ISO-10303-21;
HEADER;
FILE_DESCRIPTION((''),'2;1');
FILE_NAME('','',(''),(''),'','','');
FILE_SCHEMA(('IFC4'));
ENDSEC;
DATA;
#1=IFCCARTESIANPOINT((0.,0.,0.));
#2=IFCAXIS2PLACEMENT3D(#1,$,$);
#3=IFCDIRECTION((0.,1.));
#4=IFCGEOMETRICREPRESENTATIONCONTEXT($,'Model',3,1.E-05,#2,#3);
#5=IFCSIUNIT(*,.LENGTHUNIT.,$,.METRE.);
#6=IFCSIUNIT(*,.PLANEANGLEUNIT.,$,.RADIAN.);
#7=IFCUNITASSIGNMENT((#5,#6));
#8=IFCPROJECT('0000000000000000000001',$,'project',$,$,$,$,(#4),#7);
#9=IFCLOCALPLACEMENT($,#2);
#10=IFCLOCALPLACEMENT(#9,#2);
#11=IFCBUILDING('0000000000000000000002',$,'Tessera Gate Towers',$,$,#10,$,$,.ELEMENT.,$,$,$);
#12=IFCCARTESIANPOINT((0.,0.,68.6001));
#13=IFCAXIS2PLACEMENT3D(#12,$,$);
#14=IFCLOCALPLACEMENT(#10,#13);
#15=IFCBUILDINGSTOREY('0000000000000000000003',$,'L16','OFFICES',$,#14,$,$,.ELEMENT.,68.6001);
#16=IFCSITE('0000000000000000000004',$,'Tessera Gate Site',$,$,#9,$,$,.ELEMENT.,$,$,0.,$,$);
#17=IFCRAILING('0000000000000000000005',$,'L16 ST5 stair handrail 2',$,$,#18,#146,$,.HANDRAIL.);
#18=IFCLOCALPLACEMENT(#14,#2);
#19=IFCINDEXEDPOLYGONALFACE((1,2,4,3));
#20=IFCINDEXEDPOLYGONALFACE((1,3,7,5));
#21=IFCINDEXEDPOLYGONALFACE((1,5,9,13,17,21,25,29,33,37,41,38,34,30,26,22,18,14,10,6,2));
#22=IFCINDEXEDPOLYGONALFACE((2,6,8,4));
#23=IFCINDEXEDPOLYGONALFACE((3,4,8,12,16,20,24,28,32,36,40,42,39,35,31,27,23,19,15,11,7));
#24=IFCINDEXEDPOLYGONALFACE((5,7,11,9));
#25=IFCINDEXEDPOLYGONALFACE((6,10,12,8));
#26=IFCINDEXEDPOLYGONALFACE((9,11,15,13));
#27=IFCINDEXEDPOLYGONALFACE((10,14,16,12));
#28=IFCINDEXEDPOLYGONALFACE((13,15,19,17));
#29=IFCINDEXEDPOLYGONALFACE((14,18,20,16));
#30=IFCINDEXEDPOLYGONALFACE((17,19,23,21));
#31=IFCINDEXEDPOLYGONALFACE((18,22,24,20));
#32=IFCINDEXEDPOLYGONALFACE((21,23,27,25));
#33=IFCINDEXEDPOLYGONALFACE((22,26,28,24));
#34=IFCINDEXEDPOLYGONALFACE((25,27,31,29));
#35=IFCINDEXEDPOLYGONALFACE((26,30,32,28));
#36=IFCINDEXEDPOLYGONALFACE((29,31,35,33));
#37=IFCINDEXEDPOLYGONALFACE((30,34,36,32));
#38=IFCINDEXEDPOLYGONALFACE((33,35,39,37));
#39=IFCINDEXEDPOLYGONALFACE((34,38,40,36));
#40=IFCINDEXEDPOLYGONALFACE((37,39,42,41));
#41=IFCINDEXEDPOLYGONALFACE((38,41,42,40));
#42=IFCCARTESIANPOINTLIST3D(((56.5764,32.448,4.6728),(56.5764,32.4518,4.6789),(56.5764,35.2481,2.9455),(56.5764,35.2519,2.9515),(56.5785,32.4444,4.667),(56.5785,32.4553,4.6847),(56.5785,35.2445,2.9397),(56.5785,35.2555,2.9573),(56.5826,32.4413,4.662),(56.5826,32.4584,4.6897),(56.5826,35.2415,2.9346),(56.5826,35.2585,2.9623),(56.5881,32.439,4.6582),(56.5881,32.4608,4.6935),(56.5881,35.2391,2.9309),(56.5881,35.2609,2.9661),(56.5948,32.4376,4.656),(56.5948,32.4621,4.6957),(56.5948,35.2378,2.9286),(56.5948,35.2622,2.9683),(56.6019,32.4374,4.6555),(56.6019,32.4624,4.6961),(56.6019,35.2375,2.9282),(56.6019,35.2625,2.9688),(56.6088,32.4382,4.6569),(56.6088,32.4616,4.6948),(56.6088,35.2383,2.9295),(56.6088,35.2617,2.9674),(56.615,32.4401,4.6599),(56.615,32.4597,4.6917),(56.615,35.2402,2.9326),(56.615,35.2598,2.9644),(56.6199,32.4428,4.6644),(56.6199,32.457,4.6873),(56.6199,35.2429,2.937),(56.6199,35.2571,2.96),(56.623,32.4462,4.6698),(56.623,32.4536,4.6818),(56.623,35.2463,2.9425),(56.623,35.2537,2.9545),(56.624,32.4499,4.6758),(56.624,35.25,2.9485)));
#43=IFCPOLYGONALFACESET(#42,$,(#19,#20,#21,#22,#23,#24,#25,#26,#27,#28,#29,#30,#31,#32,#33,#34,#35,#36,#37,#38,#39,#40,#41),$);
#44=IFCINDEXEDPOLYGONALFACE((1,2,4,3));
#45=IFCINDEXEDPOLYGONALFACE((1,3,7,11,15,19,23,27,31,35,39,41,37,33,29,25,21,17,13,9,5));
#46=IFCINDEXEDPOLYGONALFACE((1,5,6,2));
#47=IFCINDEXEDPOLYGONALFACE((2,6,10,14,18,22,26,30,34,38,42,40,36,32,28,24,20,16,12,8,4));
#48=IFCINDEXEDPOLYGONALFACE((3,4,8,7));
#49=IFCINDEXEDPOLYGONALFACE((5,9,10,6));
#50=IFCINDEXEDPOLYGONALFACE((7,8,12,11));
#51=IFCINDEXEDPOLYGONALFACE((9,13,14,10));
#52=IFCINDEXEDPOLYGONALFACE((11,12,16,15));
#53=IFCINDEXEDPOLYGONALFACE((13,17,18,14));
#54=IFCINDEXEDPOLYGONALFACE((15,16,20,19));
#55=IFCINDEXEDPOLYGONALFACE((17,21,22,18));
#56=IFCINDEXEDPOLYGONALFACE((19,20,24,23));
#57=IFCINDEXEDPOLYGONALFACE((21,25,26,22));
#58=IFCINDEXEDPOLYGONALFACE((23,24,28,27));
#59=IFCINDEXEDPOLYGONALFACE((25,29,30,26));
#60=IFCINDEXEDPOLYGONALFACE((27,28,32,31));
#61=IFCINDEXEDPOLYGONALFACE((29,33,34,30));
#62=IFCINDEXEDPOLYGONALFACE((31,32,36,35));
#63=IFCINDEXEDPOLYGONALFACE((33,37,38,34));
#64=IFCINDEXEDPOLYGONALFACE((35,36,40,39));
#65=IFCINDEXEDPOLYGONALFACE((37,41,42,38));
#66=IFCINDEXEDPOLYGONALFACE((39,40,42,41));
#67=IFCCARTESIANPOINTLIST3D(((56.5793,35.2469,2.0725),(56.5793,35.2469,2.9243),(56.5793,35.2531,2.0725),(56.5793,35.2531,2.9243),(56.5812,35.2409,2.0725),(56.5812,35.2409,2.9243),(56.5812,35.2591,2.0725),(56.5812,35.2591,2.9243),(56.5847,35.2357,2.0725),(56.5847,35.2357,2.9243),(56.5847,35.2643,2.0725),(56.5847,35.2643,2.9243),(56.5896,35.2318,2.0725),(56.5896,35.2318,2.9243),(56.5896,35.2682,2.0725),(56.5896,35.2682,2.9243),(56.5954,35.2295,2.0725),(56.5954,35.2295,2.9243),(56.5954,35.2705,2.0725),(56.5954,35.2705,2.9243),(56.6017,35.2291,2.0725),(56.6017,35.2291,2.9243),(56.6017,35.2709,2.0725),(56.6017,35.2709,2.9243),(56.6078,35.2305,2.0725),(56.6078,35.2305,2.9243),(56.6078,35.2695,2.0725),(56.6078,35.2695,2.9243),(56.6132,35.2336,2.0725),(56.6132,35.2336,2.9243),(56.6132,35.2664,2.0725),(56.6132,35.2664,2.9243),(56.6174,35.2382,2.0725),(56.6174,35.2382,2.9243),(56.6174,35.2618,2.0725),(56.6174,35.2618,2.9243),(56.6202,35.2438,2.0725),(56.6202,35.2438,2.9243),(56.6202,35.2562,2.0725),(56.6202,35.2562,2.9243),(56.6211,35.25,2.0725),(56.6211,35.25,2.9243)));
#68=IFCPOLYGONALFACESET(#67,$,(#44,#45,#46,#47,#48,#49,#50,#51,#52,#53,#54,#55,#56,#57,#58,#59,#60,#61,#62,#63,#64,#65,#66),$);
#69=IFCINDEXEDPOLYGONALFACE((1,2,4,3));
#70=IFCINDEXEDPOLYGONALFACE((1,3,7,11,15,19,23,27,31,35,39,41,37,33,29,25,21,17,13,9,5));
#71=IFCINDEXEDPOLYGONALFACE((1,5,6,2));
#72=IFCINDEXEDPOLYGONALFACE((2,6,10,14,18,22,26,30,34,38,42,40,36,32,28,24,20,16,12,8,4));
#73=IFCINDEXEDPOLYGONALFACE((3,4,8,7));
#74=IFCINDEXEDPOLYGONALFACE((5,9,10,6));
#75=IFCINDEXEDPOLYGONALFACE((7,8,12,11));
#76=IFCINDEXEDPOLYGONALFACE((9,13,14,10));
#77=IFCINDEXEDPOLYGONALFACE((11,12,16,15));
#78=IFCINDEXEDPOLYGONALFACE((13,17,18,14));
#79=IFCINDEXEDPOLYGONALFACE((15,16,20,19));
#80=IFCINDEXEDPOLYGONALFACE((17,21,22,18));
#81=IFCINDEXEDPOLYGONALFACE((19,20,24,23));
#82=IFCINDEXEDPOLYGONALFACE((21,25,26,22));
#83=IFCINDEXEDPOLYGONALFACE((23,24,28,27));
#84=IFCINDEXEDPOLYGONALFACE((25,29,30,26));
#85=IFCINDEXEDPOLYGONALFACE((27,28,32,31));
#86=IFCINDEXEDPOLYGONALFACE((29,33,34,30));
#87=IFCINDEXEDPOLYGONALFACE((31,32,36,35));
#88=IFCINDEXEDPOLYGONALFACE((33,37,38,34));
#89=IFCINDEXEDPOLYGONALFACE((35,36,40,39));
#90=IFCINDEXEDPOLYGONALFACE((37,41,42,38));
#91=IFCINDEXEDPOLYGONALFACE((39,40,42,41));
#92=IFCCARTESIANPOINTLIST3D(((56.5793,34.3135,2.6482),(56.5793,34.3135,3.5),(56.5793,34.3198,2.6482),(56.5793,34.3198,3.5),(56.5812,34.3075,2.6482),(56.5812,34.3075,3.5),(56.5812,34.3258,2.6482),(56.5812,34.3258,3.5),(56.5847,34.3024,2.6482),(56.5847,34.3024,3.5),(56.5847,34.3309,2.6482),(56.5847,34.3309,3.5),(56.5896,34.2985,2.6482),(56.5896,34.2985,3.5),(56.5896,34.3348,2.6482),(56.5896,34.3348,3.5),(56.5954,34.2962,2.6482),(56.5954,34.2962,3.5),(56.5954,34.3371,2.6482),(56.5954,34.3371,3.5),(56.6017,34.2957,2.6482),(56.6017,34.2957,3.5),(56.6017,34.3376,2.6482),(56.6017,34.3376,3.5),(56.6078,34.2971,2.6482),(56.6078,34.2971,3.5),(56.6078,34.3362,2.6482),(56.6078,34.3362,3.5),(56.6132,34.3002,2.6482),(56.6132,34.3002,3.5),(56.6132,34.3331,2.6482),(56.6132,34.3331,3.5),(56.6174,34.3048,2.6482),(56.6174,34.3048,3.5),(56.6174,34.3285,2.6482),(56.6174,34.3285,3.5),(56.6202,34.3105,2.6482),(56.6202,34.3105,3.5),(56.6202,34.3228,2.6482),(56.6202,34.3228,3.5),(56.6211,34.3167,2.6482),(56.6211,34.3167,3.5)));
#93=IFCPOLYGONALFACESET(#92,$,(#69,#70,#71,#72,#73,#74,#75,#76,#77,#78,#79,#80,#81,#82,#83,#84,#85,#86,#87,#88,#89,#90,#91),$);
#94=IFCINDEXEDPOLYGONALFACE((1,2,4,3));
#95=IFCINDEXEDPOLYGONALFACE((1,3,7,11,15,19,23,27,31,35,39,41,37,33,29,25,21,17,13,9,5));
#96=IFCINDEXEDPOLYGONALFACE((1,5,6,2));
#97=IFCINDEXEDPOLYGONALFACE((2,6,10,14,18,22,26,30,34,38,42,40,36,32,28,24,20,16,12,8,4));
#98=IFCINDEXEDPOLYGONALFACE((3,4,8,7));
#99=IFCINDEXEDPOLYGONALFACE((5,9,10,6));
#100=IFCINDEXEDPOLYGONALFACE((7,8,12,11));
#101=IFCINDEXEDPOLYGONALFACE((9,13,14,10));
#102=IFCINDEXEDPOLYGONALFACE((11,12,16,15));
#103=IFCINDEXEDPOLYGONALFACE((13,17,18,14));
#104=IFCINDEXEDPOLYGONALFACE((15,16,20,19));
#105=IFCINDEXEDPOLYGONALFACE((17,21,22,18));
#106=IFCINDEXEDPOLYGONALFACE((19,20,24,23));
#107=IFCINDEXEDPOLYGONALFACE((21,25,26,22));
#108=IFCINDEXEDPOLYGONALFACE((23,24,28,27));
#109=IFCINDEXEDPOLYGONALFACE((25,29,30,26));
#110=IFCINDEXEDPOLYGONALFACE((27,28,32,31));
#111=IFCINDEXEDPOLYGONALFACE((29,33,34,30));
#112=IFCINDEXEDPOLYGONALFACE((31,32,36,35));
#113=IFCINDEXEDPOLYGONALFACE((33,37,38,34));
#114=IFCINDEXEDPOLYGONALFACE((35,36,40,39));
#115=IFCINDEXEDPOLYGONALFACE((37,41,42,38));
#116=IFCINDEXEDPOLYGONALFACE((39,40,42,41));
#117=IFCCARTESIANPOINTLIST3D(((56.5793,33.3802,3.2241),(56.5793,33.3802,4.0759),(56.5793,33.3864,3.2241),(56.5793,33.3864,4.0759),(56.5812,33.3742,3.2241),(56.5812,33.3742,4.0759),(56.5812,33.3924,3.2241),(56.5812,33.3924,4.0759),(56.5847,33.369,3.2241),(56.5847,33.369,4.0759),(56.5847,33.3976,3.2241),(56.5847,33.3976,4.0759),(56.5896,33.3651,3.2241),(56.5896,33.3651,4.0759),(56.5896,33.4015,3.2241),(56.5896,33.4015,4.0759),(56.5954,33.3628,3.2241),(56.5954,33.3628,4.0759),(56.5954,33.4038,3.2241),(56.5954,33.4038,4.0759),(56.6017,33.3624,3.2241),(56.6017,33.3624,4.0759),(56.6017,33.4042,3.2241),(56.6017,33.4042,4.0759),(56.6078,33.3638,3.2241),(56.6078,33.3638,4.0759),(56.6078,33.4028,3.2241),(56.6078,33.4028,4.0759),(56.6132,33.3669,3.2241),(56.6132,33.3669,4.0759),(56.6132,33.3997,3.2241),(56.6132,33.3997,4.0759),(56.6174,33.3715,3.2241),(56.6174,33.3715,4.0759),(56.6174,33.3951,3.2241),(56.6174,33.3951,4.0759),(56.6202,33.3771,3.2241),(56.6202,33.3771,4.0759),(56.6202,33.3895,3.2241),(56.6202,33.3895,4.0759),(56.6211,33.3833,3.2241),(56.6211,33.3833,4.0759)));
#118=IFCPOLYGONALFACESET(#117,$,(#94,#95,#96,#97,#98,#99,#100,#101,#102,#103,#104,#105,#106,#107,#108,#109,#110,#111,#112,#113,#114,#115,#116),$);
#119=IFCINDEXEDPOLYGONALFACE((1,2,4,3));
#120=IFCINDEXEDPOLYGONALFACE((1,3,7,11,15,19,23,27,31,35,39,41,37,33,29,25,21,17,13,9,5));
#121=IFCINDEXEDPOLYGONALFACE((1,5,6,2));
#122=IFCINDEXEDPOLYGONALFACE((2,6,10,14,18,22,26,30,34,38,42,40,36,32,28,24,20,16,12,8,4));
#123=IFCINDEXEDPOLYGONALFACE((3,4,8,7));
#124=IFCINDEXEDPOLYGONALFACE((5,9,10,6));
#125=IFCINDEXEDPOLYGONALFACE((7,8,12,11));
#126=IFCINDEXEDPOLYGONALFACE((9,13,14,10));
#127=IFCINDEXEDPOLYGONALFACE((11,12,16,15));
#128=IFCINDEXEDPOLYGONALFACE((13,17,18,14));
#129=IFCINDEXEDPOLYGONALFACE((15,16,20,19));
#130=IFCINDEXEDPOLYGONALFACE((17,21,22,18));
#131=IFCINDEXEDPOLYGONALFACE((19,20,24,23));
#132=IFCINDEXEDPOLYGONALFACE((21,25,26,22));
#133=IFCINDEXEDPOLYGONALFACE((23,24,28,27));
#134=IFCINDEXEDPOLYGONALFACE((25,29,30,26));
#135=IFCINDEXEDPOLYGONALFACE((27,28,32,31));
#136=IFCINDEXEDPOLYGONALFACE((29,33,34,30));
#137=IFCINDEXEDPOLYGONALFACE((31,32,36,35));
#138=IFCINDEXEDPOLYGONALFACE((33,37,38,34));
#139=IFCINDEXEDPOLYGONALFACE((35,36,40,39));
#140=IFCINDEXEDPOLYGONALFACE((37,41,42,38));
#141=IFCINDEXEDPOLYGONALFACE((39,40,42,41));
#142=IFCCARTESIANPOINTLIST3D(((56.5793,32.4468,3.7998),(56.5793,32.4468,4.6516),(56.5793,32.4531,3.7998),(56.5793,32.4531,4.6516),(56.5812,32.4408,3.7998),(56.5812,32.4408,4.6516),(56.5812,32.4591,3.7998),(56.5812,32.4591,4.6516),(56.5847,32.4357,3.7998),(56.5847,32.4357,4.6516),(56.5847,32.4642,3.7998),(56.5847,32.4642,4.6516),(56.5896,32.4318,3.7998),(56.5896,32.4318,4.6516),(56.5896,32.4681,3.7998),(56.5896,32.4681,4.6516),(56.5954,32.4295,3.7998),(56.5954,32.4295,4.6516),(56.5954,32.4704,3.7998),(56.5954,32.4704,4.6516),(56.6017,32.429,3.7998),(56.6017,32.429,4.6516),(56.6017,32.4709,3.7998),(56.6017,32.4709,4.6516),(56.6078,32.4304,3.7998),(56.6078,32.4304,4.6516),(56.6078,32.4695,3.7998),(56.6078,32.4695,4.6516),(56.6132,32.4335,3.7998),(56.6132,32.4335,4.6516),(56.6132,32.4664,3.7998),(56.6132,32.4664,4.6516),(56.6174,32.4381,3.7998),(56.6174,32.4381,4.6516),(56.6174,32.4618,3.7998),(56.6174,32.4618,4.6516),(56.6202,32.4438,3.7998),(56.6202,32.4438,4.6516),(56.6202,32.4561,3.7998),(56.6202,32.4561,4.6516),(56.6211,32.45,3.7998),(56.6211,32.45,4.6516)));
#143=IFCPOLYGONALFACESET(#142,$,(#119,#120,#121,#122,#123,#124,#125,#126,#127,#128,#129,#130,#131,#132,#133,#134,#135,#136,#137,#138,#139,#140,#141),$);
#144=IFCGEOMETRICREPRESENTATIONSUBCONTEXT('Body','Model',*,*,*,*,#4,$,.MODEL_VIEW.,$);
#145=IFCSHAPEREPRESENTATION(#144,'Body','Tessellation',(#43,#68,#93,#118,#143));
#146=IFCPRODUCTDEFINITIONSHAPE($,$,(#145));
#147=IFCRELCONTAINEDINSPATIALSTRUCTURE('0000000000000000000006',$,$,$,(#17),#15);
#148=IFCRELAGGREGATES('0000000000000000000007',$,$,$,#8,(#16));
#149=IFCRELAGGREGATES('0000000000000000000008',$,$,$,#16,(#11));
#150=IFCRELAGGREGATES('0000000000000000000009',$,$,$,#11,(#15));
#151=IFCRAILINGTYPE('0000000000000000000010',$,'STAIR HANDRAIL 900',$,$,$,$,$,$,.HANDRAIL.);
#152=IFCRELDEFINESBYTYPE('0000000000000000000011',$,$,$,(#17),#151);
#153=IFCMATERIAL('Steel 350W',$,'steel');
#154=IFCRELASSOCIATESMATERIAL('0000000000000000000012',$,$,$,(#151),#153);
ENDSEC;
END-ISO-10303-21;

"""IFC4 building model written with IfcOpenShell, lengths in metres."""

from ifc_helpers import new_model, si_unit, direction, frame, origin, origin_2d, place, context, subcontext, project, spatial, circle, extrude, material, type_object, element, save


model = new_model("IFC4")

# Units and contexts
model_context = context("Model", 3, precision=1e-05, world=origin(), true_north=direction((0.0, 1.0)))
body_context = subcontext(model_context, "Body", "Model", "MODEL_VIEW")
ifc_project = project(units=[si_unit("LENGTHUNIT", "METRE"), si_unit("PLANEANGLEUNIT", "RADIAN")], contexts=[model_context])

# Site, building, storey
site_placement = place(None, origin())
site = spatial("IfcSite", under=ifc_project, at=site_placement, Name="Tessera Gate Site", CompositionType="ELEMENT", RefElevation=0.0)
building_placement = place(site_placement, origin())
building = spatial("IfcBuilding", under=site, at=building_placement, Name="Tessera Gate Towers", CompositionType="ELEMENT")
storey_placement = place(building_placement, frame((0.0, 0.0, 68.6001)))
storey = spatial("IfcBuildingStorey", under=building, at=storey_placement, Name="L16", Description="OFFICES", CompositionType="ELEMENT", Elevation=68.6001)

# Railing
ifc_material_1 = material(Name="Steel 350W", Category="steel")
railing_type = type_object("IfcRailingType", Name="STAIR HANDRAIL 900", PredefinedType="HANDRAIL", material=ifc_material_1)
railing_1_placement = place(storey_placement, frame((56.6001, 35.25, 2.0725)))
element("IfcRailing", 1, at=railing_1_placement, inside=storey, type_object=railing_type, Name="L16 ST5 stair handrail 2", PredefinedType="HANDRAIL", context=body_context, shape_type="SweptSolid", body=[
    extrude(circle(Radius=0.0239, at=origin_2d()), frame((0.0, 0.0, 0.876), z_axis=(0.0, -0.85109, 0.52502), x_axis=(1.0, 0.0, 0.0)), (0.0, 0.0, 1.0), 3.29),
    extrude(circle(Radius=0.021, at=origin_2d()), origin(), (0.0, 0.0, 1.0), 0.8518),
    extrude(circle(Radius=0.021, at=origin_2d()), frame((0.0, -0.9333, 0.5757)), (0.0, 0.0, 1.0), 0.8518),
    extrude(circle(Radius=0.021, at=origin_2d()), frame((0.0, -1.8667, 1.1516)), (0.0, 0.0, 1.0), 0.8518),
    extrude(circle(Radius=0.021, at=origin_2d()), frame((0.0, -2.8, 1.7273)), (0.0, 0.0, 1.0), 0.8518),
])

save(model, "model.ifc")
